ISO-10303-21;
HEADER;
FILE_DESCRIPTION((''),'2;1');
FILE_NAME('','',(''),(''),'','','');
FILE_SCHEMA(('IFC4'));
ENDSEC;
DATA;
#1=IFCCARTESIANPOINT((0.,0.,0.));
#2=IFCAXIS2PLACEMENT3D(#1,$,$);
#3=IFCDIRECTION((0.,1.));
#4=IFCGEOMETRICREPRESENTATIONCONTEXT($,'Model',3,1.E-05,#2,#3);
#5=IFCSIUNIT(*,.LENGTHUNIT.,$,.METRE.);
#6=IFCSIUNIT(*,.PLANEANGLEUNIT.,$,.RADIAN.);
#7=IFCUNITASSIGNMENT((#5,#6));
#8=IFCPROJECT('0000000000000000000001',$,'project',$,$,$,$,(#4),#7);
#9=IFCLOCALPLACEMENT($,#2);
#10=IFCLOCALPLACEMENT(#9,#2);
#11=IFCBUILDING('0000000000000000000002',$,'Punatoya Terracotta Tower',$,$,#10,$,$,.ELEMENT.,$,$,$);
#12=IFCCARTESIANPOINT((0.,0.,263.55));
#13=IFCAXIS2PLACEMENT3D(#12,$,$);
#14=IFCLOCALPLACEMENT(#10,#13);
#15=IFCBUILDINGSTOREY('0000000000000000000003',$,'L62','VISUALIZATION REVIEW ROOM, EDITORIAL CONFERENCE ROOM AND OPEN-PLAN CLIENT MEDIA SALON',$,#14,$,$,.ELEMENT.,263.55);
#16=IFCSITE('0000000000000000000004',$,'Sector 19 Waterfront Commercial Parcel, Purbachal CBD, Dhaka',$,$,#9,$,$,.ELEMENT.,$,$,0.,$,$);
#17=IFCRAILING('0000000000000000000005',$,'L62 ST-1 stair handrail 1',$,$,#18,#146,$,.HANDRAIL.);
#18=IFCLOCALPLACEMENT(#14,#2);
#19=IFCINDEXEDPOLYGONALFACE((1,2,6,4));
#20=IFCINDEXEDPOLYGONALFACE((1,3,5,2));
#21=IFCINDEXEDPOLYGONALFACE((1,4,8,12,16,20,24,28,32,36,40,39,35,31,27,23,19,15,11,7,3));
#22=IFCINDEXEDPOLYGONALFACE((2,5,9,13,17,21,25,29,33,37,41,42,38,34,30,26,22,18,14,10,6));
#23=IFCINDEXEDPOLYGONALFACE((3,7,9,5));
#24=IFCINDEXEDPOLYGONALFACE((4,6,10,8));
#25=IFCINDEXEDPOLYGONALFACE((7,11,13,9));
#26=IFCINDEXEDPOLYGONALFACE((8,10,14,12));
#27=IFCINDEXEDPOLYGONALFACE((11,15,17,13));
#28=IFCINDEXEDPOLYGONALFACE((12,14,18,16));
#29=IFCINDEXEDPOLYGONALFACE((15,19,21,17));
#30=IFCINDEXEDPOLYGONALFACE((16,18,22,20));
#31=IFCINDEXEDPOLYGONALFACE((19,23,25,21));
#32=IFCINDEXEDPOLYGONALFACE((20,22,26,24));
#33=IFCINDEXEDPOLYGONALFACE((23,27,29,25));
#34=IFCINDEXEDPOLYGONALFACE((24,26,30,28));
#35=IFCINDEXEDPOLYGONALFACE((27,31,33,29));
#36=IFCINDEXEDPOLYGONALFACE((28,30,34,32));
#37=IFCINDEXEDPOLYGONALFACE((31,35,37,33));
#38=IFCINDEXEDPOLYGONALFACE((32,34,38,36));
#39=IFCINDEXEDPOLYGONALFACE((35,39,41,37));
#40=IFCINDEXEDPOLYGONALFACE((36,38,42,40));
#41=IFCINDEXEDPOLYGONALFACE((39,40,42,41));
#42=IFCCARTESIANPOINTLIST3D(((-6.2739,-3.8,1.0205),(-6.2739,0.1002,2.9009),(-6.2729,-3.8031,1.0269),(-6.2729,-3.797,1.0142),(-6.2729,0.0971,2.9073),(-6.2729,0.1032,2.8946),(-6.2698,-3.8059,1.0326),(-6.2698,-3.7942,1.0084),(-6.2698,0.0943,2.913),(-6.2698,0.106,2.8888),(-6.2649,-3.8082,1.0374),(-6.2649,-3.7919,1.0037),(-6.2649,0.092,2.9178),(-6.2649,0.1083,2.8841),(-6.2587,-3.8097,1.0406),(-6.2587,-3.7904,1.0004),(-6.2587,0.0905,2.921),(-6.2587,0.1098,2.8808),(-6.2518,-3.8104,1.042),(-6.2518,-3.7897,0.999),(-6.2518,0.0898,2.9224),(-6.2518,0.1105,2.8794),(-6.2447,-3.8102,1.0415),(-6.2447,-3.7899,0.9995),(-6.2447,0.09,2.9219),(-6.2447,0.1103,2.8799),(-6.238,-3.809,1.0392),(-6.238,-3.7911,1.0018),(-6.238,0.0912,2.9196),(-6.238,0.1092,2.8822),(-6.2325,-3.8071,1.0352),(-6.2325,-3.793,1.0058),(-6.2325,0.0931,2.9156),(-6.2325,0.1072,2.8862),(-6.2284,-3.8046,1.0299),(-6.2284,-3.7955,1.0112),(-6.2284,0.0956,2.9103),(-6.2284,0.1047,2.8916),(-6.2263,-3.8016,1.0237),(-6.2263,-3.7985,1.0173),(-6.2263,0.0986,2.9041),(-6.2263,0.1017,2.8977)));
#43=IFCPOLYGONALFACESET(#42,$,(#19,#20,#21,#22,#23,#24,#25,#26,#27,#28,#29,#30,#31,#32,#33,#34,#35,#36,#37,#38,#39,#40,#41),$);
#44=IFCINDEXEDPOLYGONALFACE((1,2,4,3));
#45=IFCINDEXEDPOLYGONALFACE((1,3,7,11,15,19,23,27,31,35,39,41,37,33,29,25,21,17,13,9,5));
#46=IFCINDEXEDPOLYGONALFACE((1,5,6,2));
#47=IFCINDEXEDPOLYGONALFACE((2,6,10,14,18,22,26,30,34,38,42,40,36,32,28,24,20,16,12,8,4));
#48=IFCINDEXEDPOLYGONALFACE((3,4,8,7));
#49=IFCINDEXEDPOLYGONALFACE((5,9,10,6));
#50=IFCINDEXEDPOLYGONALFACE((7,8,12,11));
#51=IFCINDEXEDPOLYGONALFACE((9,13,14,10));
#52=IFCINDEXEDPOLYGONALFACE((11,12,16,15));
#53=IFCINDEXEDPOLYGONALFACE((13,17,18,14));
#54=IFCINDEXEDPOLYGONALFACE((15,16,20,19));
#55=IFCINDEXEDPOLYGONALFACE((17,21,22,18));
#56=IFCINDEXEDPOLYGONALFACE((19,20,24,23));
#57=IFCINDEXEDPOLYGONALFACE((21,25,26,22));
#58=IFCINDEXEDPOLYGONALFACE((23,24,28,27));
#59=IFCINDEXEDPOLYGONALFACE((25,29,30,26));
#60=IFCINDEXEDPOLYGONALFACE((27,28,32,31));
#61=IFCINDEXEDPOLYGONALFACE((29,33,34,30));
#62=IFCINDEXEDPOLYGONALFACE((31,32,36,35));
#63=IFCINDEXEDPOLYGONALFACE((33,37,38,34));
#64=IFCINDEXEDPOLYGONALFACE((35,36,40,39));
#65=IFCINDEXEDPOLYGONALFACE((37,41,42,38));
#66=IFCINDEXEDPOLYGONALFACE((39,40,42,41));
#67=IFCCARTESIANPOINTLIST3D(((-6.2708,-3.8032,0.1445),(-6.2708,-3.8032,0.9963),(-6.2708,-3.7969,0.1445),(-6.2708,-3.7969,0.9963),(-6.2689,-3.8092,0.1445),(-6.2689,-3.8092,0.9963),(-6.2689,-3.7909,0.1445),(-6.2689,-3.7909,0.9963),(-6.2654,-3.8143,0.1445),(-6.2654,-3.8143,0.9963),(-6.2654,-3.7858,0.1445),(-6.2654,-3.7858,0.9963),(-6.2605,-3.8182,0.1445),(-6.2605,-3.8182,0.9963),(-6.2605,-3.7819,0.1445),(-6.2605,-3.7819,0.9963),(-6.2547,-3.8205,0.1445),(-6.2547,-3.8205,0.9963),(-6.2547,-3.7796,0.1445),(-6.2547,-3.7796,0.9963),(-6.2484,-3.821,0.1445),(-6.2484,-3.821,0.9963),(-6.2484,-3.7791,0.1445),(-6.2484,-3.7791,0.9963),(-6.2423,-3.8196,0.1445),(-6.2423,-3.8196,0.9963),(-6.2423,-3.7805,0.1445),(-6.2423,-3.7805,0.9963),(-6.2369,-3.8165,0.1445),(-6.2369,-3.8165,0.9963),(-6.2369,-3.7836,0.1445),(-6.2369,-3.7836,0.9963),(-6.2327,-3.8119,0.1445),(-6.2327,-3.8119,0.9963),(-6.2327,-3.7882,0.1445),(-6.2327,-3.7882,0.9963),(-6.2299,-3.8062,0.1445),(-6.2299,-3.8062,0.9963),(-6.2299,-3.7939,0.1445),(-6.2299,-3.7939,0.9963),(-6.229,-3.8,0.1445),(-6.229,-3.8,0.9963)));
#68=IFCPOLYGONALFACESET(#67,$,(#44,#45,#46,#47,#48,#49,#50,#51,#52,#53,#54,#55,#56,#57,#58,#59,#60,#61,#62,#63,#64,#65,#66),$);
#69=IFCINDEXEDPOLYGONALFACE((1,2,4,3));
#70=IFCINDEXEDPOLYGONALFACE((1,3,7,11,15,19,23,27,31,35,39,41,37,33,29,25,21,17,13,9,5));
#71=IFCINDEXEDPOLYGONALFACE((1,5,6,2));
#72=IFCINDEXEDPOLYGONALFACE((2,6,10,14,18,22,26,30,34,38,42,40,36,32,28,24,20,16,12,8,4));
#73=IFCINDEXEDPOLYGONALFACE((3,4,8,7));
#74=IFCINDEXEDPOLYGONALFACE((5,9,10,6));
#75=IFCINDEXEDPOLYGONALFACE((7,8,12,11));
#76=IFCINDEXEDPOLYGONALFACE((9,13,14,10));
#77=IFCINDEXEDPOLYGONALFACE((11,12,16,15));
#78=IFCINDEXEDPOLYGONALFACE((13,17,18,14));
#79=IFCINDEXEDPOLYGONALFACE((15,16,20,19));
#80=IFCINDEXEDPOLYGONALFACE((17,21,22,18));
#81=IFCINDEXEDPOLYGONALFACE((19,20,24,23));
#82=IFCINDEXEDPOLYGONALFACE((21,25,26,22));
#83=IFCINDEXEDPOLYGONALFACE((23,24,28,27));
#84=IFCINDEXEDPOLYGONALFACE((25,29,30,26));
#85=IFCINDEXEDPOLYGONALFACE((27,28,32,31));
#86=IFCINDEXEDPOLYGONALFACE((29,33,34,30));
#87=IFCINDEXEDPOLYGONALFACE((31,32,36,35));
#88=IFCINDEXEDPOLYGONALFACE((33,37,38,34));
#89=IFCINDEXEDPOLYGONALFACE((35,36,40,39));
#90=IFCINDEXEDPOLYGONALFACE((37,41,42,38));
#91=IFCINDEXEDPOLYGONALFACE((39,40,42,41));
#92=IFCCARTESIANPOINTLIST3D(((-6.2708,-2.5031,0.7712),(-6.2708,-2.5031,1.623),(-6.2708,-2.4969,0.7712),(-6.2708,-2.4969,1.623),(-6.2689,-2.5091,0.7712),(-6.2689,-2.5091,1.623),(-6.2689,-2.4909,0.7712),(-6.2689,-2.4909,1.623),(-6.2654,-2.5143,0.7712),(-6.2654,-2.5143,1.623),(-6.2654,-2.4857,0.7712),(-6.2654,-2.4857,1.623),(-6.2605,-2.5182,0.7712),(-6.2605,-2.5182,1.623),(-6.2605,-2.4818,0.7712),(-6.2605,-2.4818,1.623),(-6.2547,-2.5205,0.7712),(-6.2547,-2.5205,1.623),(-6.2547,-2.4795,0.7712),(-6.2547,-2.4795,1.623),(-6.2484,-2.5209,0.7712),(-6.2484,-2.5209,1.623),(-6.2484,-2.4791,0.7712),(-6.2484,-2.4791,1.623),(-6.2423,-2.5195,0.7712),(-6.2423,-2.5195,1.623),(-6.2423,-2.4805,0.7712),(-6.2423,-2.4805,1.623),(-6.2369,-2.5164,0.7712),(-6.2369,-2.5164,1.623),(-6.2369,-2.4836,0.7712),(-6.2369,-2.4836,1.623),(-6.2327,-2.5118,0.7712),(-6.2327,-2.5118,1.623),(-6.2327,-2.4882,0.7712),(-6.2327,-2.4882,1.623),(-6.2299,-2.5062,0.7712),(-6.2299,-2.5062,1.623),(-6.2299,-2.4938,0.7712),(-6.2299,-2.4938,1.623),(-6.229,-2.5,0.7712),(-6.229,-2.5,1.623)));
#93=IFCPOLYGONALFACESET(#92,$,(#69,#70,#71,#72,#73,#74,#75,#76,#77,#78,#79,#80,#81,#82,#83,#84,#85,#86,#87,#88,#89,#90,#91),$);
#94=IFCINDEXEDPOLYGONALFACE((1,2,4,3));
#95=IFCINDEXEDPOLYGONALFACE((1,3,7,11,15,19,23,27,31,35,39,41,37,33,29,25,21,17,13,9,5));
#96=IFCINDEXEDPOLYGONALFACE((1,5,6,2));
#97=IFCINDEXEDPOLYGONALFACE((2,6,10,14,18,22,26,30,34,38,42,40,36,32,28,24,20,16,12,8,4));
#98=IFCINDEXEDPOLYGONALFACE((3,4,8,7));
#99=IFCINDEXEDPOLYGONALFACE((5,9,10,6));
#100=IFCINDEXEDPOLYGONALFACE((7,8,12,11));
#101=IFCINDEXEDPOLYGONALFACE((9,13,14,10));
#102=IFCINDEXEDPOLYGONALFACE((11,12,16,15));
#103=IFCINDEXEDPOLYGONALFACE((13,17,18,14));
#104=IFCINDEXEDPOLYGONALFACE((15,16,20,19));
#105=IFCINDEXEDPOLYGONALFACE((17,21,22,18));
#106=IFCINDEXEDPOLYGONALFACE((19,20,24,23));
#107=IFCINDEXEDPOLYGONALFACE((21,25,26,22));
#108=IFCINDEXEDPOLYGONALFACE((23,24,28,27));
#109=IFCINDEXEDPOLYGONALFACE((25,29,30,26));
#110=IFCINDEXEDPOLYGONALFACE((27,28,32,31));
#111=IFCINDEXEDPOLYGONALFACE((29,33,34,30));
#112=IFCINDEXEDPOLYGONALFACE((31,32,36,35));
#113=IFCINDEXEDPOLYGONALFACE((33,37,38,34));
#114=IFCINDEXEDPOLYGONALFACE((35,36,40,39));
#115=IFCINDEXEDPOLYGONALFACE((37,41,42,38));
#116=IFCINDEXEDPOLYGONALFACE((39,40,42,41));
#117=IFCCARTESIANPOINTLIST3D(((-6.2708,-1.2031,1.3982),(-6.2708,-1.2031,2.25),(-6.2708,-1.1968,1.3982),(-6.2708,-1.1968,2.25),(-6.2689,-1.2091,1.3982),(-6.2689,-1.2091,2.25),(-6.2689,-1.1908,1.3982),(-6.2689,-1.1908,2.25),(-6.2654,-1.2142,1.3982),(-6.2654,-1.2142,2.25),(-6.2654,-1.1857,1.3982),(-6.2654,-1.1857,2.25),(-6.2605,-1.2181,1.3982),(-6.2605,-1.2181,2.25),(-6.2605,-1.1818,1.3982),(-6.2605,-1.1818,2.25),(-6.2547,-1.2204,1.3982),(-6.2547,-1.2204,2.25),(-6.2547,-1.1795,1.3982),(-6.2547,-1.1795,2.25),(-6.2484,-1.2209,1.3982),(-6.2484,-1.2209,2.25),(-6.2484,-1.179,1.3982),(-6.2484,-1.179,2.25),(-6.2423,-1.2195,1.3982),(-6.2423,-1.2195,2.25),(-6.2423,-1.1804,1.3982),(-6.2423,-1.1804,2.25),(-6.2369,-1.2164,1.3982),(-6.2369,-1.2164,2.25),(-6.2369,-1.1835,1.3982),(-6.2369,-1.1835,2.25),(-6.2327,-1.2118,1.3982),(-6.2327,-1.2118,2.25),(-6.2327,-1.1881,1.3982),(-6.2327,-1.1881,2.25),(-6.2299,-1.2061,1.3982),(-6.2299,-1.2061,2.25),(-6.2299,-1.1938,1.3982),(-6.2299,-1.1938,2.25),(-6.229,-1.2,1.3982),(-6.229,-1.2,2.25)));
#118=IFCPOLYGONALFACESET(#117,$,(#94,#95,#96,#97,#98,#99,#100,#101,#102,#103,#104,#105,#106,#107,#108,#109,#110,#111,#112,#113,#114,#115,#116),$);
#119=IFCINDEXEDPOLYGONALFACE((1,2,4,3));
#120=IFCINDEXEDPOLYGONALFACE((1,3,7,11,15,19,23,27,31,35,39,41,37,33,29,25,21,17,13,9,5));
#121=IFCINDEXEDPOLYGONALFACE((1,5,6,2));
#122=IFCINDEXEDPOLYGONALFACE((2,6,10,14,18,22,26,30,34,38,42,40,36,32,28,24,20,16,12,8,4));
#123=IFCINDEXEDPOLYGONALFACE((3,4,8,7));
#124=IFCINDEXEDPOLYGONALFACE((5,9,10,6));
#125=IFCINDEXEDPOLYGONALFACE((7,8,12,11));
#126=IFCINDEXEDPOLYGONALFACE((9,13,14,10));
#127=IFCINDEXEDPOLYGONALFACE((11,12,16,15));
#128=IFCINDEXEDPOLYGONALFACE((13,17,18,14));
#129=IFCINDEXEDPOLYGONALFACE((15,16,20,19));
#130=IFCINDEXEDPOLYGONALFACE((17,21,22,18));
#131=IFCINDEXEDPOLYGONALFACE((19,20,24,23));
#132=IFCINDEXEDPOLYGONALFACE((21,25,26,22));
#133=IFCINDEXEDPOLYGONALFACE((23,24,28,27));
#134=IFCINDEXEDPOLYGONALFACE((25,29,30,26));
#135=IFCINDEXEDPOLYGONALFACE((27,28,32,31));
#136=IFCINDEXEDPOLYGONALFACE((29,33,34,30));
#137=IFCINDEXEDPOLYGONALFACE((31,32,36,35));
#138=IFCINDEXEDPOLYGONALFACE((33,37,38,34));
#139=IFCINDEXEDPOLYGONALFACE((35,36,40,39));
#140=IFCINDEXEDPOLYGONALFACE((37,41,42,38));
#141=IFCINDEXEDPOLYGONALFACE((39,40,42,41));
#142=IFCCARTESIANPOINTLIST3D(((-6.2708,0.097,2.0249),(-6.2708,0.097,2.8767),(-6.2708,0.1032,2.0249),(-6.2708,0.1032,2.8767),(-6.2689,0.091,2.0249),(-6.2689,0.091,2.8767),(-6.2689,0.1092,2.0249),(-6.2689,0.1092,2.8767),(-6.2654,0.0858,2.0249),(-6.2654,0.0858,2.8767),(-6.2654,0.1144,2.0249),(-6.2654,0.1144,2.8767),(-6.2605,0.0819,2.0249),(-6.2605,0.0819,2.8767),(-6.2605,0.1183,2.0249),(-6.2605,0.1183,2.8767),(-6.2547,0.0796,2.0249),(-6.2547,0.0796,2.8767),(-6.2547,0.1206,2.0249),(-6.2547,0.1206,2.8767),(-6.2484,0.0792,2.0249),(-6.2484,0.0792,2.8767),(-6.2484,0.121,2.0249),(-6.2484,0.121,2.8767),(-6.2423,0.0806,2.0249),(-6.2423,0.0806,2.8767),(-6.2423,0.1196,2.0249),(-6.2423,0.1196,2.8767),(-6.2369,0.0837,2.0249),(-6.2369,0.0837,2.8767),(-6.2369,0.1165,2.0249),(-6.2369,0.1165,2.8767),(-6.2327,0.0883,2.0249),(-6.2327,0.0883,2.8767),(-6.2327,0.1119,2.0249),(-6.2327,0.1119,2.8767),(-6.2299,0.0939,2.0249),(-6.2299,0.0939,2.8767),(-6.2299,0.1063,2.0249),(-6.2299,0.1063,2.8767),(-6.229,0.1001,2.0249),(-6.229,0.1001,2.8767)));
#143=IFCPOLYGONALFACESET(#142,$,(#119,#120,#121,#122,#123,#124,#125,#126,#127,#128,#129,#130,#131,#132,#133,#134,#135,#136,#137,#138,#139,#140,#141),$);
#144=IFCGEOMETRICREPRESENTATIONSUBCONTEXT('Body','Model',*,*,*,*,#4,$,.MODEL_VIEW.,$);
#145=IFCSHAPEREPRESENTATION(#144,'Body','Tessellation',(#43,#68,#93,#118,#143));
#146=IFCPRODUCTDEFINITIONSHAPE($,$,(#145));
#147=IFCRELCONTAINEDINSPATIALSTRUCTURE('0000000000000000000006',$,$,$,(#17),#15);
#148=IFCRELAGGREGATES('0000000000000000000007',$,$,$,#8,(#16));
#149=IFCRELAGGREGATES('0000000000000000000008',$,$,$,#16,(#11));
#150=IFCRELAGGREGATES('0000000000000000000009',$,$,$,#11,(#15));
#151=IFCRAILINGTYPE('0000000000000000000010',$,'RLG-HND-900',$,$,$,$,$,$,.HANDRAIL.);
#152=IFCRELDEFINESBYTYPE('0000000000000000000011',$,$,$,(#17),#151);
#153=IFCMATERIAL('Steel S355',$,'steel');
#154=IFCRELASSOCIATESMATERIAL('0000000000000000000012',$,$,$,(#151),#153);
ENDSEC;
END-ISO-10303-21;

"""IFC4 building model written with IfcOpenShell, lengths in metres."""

from ifc_helpers import new_model, si_unit, direction, frame, origin, origin_2d, place, context, subcontext, project, spatial, circle, extrude, material, type_object, element, save


model = new_model("IFC4")

# Units and contexts
model_context = context("Model", 3, precision=1e-05, world=origin(), true_north=direction((0.0, 1.0)))
body_context = subcontext(model_context, "Body", "Model", "MODEL_VIEW")
ifc_project = project(units=[si_unit("LENGTHUNIT", "METRE"), si_unit("PLANEANGLEUNIT", "RADIAN")], contexts=[model_context])

# Site, building, storey
site_placement = place(None, origin())
site = spatial("IfcSite", under=ifc_project, at=site_placement, Name="Sector 19 Waterfront Commercial Parcel, Purbachal CBD, Dhaka", CompositionType="ELEMENT", RefElevation=0.0)
building_placement = place(site_placement, origin())
building = spatial("IfcBuilding", under=site, at=building_placement, Name="Punatoya Terracotta Tower", CompositionType="ELEMENT")
storey_placement = place(building_placement, frame((0.0, 0.0, 263.55)))
storey = spatial("IfcBuildingStorey", under=building, at=storey_placement, Name="L62", Description="VISUALIZATION REVIEW ROOM, EDITORIAL CONFERENCE ROOM AND OPEN-PLAN CLIENT MEDIA SALON", CompositionType="ELEMENT", Elevation=263.55)

# Railing
ifc_material_1 = material(Name="Steel S355", Category="steel")
railing_type_1 = type_object("IfcRailingType", Name="RLG-HND-900", PredefinedType="HANDRAIL", material=ifc_material_1)
railing_1_placement = place(storey_placement, frame((-6.25, -3.8, 0.1445)))
element("IfcRailing", 1, at=railing_1_placement, inside=storey, type_object=railing_type_1, Name="L62 ST-1 stair handrail 1", PredefinedType="HANDRAIL", context=body_context, shape_type="SweptSolid", body=[
    extrude(circle(Radius=0.0239, at=origin_2d()), frame((0.0, 0.0, 0.876), z_axis=(0.0, 0.900774, 0.434289), x_axis=(-1.0, 0.0, 0.0)), (0.0, 0.0, 1.0), 4.3298),
    extrude(circle(Radius=0.021, at=origin_2d()), origin(), (0.0, 0.0, 1.0), 0.8518),
    extrude(circle(Radius=0.021, at=origin_2d()), frame((0.0, 1.3, 0.6267)), (0.0, 0.0, 1.0), 0.8518),
    extrude(circle(Radius=0.021, at=origin_2d()), frame((0.0, 2.6001, 1.2537)), (0.0, 0.0, 1.0), 0.8518),
    extrude(circle(Radius=0.021, at=origin_2d()), frame((0.0, 3.9001, 1.8804)), (0.0, 0.0, 1.0), 0.8518),
])

save(model, "model.ifc")
